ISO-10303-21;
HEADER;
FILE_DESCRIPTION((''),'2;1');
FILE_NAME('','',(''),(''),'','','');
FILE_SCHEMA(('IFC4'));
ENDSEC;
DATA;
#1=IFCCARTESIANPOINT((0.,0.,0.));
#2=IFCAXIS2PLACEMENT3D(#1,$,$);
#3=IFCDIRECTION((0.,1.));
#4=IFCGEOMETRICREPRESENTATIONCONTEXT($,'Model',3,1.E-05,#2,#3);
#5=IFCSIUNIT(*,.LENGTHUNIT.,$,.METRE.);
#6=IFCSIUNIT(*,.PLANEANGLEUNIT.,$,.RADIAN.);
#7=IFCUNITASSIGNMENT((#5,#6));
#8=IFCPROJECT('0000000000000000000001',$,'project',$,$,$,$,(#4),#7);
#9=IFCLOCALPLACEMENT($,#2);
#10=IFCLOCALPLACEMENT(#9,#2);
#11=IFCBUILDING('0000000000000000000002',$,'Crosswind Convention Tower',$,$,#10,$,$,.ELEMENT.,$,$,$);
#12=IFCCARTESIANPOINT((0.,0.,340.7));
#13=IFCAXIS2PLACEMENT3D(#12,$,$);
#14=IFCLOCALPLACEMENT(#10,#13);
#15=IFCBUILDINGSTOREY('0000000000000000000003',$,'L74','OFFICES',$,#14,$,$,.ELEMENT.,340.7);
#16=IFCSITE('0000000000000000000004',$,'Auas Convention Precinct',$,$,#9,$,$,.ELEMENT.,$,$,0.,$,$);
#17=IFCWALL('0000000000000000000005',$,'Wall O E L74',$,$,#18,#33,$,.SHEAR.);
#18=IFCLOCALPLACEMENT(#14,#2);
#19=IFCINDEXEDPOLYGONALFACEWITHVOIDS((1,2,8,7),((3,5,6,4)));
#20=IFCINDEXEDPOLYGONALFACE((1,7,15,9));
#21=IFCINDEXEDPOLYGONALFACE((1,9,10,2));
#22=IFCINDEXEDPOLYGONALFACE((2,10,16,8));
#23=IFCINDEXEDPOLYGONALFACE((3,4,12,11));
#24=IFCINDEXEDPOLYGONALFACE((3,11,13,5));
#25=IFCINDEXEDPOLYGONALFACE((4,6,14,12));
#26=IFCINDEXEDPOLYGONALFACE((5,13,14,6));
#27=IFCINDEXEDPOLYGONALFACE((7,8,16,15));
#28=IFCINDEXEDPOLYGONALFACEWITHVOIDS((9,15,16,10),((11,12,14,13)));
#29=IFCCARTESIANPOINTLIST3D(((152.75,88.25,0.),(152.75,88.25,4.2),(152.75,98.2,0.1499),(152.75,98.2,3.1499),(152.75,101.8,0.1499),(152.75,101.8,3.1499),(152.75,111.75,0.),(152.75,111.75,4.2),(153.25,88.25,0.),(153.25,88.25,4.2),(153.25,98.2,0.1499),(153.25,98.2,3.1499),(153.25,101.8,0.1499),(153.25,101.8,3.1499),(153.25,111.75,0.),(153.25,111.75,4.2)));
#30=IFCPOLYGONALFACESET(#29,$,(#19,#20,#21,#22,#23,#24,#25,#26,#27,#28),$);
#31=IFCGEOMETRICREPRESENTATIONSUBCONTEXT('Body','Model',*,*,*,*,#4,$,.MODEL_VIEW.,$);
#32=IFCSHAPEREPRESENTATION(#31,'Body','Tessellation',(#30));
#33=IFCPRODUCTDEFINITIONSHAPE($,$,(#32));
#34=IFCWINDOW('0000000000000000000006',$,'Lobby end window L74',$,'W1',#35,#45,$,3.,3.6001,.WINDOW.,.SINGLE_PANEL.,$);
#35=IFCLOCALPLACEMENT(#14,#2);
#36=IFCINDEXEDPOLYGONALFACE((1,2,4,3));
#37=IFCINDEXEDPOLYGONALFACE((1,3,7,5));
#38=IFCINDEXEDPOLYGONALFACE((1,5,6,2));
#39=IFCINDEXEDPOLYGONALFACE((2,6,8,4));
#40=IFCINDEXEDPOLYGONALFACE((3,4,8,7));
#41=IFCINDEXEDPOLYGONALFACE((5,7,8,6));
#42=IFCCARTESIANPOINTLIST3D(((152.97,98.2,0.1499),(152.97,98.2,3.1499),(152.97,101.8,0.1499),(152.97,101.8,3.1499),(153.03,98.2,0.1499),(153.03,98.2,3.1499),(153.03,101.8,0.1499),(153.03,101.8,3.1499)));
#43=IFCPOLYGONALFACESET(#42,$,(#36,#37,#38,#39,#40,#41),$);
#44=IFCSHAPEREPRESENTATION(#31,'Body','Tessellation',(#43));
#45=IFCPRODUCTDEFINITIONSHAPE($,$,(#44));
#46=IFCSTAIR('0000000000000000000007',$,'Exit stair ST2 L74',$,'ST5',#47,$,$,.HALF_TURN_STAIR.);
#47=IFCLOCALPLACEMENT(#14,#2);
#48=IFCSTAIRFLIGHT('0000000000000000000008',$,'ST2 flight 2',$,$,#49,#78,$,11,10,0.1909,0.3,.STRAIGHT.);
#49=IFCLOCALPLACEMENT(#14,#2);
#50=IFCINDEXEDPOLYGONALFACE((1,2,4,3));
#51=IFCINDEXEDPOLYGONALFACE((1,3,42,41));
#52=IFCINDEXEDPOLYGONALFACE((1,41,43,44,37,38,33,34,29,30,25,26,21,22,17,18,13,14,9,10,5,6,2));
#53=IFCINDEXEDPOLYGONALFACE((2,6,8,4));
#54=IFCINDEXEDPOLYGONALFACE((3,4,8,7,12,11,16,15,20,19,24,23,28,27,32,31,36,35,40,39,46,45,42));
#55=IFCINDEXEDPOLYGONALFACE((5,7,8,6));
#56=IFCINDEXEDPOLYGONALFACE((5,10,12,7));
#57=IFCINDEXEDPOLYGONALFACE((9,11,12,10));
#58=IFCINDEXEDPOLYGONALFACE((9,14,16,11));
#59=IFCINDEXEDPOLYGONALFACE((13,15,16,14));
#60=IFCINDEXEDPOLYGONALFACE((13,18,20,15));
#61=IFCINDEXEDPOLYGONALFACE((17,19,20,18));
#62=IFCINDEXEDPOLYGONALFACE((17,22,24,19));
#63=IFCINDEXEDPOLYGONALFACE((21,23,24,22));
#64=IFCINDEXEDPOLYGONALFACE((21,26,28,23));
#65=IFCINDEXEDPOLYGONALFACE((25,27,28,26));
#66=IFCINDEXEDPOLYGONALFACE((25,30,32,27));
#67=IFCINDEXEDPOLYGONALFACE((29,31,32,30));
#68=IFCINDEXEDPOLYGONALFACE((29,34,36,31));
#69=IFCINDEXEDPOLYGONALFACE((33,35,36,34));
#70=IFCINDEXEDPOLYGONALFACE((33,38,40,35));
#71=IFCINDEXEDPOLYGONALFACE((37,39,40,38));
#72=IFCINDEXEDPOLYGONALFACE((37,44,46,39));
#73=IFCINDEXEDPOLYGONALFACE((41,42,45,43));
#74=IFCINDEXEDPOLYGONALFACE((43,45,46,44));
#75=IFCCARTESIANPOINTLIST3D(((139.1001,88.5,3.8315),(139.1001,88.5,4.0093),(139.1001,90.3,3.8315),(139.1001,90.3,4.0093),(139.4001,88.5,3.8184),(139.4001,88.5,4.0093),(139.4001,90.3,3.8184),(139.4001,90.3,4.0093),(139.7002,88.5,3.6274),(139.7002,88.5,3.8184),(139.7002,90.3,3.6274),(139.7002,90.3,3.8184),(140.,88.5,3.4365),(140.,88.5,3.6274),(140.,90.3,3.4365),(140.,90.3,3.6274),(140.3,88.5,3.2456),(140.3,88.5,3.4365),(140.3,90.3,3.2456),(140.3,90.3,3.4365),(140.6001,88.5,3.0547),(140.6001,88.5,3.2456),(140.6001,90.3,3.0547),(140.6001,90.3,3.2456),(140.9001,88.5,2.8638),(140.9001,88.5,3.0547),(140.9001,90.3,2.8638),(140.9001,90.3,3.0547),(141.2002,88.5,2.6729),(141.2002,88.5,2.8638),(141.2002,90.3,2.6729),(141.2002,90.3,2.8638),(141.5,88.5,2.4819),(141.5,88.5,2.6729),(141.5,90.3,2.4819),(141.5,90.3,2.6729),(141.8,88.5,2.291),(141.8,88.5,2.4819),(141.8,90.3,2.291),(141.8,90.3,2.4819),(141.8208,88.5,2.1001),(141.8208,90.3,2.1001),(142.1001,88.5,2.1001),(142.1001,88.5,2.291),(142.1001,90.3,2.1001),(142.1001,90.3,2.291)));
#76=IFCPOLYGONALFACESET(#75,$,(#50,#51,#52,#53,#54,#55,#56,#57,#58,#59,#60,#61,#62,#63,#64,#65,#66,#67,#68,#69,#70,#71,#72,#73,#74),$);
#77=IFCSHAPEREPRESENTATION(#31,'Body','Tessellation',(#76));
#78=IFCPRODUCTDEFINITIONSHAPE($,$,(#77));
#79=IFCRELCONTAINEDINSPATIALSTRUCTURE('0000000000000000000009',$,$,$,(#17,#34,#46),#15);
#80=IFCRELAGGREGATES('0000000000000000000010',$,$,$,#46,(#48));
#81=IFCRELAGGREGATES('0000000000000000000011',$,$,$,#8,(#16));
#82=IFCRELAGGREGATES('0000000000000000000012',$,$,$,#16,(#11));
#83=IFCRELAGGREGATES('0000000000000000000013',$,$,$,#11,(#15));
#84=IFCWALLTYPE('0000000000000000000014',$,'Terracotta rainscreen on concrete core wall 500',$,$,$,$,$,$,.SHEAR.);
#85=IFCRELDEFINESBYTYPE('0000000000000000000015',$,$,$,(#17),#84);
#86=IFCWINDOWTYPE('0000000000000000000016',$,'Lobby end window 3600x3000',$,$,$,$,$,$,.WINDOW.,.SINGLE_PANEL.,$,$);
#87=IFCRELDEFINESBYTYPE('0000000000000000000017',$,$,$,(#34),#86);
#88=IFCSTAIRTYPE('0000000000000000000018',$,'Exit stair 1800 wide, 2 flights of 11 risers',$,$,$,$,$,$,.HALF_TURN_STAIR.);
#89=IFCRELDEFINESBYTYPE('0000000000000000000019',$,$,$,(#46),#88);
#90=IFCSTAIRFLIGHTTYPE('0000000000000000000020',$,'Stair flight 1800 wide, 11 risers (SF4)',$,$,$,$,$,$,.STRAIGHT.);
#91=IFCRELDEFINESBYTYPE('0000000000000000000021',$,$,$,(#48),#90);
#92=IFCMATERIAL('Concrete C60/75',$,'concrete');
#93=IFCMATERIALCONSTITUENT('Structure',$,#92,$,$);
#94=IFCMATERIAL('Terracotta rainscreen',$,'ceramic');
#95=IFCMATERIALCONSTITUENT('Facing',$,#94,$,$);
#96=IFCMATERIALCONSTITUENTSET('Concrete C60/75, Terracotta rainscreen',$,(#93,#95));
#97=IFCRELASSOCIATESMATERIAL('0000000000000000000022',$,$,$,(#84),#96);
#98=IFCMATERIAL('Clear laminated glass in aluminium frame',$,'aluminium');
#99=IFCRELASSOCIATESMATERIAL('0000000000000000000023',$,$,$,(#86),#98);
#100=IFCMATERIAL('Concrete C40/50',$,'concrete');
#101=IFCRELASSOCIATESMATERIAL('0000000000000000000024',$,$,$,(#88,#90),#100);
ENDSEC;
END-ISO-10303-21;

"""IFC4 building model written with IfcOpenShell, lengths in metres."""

from ifc_helpers import new_model, si_unit, direction, frame, frame_2d, origin, place, context, subcontext, project, spatial, polyline, rectangle, outline, extrude, material, constituent, constituent_set, type_object, element, fill, aggregate, save


model = new_model("IFC4")

# Units and contexts
model_context = context("Model", 3, precision=1e-05, world=origin(), true_north=direction((0.0, 1.0)))
body_context = subcontext(model_context, "Body", "Model", "MODEL_VIEW")
ifc_project = project(units=[si_unit("LENGTHUNIT", "METRE"), si_unit("PLANEANGLEUNIT", "RADIAN")], contexts=[model_context])

# Site, building, storey
site_placement = place(None, origin())
site = spatial("IfcSite", under=ifc_project, at=site_placement, Name="Auas Convention Precinct", CompositionType="ELEMENT", RefElevation=0.0)
building_placement = place(site_placement, origin())
building = spatial("IfcBuilding", under=site, at=building_placement, Name="Crosswind Convention Tower", CompositionType="ELEMENT")
storey_placement = place(building_placement, frame((0.0, 0.0, 340.7)))
storey = spatial("IfcBuildingStorey", under=building, at=storey_placement, Name="L74", Description="OFFICES", CompositionType="ELEMENT", Elevation=340.7)

# Wall, opening, window
ifc_material_1 = material(Name="Concrete C60/75", Category="concrete")
ifc_constituent_1 = constituent(ifc_material_1, Name="Structure")
ifc_material_2 = material(Name="Terracotta rainscreen", Category="ceramic")
ifc_constituent_2 = constituent(ifc_material_2, Name="Facing")
ifc_constituent_set = constituent_set(constituents=[ifc_constituent_1, ifc_constituent_2], Name="Concrete C60/75, Terracotta rainscreen")
wall_type_1 = type_object("IfcWallType", Name="Terracotta rainscreen on concrete core wall 500", PredefinedType="SHEAR", material=ifc_constituent_set)
wall_1_placement = place(storey_placement, frame((153.0, 88.25, 0.0), z_axis=(0.0, 0.0, 1.0), x_axis=(0.0, 1.0, 0.0)))
wall_1 = element("IfcWall", 1, at=wall_1_placement, inside=storey, type_object=wall_type_1, Name="Wall O E L74", PredefinedType="SHEAR", context=body_context, shape_type="SweptSolid", body=[
    extrude(rectangle(XDim=23.5, YDim=0.5, at=frame_2d((11.75, 0.0))), origin(), (0.0, 0.0, 1.0), 4.2),
])
opening_1_placement = place(wall_1_placement, frame((9.95, 0.0, 0.1499)))
opening_1 = element("IfcOpeningElement", 2, at=opening_1_placement, cuts=wall_1, PredefinedType="OPENING", context=body_context, shape_type="SweptSolid", body=[
    extrude(rectangle(XDim=3.6001, YDim=3.0, at=frame_2d((1.8, 1.5))), frame((0.0, 0.26, 0.0), z_axis=(0.0, -1.0, 0.0), x_axis=(1.0, 0.0, 0.0)), (0.0, 0.0, 1.0), 0.52),
])
ifc_material_3 = material(Name="Clear laminated glass in aluminium frame", Category="aluminium")
window_type = type_object("IfcWindowType", Name="Lobby end window 3600x3000", PartitioningType="SINGLE_PANEL", PredefinedType="WINDOW", material=ifc_material_3)
window_placement = place(opening_1_placement, origin())
window = element("IfcWindow", 3, at=window_placement, inside=storey, type_object=window_type, Name="Lobby end window L74", ObjectType="W1", OverallHeight=3.0, OverallWidth=3.6001, PartitioningType="SINGLE_PANEL", PredefinedType="WINDOW", context=body_context, shape_type="SweptSolid", body=[
    extrude(rectangle(XDim=3.6001, YDim=3.0, at=frame_2d((1.8, 1.5))), frame((0.0, 0.03, 0.0), z_axis=(0.0, -1.0, 0.0), x_axis=(1.0, 0.0, 0.0)), (0.0, 0.0, 1.0), 0.0601),
])
fill(opening_1, window)

# Stair, stair flight
ifc_material_4 = material(Name="Concrete C40/50", Category="concrete")
stair_type = type_object("IfcStairType", Name="Exit stair 1800 wide, 2 flights of 11 risers", PredefinedType="HALF_TURN_STAIR", material=ifc_material_4)
stair_placement = place(storey_placement, origin())
stair = element("IfcStair", 4, at=stair_placement, inside=storey, type_object=stair_type, Name="Exit stair ST2 L74", ObjectType="ST5", PredefinedType="HALF_TURN_STAIR")
stair_flight_type = type_object("IfcStairFlightType", Name="Stair flight 1800 wide, 11 risers (SF4)", PredefinedType="STRAIGHT", material=ifc_material_4)
stair_flight_placement = place(storey_placement, frame((142.1001, 89.3999, 2.1001), z_axis=(0.0, 0.0, 1.0), x_axis=(-1.0, 0.0, 0.0)))
stair_flight = element("IfcStairFlight", 5, at=stair_flight_placement, type_object=stair_flight_type, Name="ST2 flight 2", NumberOfRisers=11, NumberOfTreads=10, PredefinedType="STRAIGHT", RiserHeight=0.1909, TreadLength=0.3, context=body_context, shape_type="SweptSolid", body=[
    extrude(outline(polyline([(0.0, 0.0), (0.0, 0.1909), (0.3, 0.1909), (0.3, 0.3818), (0.6001, 0.3818), (0.6001, 0.5728), (0.8999, 0.5728), (0.8999, 0.7637), (1.2, 0.7637), (1.2, 0.9546), (1.5, 0.9546), (1.5, 1.1455), (1.8, 1.1455), (1.8, 1.3364), (2.1001, 1.3364), (2.1001, 1.5273), (2.3999, 1.5273), (2.3999, 1.7183), (2.7, 1.7183), (2.7, 1.9092), (3.0, 1.9092), (3.0, 2.1001), (3.0, 1.7314), (0.2793, 0.0), (0.0, 0.0)])), frame((0.0, 0.8999, 0.0), z_axis=(0.0, -1.0, 0.0), x_axis=(1.0, 0.0, 0.0)), (0.0, 0.0, 1.0), 1.8),
])
aggregate(stair, [stair_flight])

save(model, "model.ifc")
